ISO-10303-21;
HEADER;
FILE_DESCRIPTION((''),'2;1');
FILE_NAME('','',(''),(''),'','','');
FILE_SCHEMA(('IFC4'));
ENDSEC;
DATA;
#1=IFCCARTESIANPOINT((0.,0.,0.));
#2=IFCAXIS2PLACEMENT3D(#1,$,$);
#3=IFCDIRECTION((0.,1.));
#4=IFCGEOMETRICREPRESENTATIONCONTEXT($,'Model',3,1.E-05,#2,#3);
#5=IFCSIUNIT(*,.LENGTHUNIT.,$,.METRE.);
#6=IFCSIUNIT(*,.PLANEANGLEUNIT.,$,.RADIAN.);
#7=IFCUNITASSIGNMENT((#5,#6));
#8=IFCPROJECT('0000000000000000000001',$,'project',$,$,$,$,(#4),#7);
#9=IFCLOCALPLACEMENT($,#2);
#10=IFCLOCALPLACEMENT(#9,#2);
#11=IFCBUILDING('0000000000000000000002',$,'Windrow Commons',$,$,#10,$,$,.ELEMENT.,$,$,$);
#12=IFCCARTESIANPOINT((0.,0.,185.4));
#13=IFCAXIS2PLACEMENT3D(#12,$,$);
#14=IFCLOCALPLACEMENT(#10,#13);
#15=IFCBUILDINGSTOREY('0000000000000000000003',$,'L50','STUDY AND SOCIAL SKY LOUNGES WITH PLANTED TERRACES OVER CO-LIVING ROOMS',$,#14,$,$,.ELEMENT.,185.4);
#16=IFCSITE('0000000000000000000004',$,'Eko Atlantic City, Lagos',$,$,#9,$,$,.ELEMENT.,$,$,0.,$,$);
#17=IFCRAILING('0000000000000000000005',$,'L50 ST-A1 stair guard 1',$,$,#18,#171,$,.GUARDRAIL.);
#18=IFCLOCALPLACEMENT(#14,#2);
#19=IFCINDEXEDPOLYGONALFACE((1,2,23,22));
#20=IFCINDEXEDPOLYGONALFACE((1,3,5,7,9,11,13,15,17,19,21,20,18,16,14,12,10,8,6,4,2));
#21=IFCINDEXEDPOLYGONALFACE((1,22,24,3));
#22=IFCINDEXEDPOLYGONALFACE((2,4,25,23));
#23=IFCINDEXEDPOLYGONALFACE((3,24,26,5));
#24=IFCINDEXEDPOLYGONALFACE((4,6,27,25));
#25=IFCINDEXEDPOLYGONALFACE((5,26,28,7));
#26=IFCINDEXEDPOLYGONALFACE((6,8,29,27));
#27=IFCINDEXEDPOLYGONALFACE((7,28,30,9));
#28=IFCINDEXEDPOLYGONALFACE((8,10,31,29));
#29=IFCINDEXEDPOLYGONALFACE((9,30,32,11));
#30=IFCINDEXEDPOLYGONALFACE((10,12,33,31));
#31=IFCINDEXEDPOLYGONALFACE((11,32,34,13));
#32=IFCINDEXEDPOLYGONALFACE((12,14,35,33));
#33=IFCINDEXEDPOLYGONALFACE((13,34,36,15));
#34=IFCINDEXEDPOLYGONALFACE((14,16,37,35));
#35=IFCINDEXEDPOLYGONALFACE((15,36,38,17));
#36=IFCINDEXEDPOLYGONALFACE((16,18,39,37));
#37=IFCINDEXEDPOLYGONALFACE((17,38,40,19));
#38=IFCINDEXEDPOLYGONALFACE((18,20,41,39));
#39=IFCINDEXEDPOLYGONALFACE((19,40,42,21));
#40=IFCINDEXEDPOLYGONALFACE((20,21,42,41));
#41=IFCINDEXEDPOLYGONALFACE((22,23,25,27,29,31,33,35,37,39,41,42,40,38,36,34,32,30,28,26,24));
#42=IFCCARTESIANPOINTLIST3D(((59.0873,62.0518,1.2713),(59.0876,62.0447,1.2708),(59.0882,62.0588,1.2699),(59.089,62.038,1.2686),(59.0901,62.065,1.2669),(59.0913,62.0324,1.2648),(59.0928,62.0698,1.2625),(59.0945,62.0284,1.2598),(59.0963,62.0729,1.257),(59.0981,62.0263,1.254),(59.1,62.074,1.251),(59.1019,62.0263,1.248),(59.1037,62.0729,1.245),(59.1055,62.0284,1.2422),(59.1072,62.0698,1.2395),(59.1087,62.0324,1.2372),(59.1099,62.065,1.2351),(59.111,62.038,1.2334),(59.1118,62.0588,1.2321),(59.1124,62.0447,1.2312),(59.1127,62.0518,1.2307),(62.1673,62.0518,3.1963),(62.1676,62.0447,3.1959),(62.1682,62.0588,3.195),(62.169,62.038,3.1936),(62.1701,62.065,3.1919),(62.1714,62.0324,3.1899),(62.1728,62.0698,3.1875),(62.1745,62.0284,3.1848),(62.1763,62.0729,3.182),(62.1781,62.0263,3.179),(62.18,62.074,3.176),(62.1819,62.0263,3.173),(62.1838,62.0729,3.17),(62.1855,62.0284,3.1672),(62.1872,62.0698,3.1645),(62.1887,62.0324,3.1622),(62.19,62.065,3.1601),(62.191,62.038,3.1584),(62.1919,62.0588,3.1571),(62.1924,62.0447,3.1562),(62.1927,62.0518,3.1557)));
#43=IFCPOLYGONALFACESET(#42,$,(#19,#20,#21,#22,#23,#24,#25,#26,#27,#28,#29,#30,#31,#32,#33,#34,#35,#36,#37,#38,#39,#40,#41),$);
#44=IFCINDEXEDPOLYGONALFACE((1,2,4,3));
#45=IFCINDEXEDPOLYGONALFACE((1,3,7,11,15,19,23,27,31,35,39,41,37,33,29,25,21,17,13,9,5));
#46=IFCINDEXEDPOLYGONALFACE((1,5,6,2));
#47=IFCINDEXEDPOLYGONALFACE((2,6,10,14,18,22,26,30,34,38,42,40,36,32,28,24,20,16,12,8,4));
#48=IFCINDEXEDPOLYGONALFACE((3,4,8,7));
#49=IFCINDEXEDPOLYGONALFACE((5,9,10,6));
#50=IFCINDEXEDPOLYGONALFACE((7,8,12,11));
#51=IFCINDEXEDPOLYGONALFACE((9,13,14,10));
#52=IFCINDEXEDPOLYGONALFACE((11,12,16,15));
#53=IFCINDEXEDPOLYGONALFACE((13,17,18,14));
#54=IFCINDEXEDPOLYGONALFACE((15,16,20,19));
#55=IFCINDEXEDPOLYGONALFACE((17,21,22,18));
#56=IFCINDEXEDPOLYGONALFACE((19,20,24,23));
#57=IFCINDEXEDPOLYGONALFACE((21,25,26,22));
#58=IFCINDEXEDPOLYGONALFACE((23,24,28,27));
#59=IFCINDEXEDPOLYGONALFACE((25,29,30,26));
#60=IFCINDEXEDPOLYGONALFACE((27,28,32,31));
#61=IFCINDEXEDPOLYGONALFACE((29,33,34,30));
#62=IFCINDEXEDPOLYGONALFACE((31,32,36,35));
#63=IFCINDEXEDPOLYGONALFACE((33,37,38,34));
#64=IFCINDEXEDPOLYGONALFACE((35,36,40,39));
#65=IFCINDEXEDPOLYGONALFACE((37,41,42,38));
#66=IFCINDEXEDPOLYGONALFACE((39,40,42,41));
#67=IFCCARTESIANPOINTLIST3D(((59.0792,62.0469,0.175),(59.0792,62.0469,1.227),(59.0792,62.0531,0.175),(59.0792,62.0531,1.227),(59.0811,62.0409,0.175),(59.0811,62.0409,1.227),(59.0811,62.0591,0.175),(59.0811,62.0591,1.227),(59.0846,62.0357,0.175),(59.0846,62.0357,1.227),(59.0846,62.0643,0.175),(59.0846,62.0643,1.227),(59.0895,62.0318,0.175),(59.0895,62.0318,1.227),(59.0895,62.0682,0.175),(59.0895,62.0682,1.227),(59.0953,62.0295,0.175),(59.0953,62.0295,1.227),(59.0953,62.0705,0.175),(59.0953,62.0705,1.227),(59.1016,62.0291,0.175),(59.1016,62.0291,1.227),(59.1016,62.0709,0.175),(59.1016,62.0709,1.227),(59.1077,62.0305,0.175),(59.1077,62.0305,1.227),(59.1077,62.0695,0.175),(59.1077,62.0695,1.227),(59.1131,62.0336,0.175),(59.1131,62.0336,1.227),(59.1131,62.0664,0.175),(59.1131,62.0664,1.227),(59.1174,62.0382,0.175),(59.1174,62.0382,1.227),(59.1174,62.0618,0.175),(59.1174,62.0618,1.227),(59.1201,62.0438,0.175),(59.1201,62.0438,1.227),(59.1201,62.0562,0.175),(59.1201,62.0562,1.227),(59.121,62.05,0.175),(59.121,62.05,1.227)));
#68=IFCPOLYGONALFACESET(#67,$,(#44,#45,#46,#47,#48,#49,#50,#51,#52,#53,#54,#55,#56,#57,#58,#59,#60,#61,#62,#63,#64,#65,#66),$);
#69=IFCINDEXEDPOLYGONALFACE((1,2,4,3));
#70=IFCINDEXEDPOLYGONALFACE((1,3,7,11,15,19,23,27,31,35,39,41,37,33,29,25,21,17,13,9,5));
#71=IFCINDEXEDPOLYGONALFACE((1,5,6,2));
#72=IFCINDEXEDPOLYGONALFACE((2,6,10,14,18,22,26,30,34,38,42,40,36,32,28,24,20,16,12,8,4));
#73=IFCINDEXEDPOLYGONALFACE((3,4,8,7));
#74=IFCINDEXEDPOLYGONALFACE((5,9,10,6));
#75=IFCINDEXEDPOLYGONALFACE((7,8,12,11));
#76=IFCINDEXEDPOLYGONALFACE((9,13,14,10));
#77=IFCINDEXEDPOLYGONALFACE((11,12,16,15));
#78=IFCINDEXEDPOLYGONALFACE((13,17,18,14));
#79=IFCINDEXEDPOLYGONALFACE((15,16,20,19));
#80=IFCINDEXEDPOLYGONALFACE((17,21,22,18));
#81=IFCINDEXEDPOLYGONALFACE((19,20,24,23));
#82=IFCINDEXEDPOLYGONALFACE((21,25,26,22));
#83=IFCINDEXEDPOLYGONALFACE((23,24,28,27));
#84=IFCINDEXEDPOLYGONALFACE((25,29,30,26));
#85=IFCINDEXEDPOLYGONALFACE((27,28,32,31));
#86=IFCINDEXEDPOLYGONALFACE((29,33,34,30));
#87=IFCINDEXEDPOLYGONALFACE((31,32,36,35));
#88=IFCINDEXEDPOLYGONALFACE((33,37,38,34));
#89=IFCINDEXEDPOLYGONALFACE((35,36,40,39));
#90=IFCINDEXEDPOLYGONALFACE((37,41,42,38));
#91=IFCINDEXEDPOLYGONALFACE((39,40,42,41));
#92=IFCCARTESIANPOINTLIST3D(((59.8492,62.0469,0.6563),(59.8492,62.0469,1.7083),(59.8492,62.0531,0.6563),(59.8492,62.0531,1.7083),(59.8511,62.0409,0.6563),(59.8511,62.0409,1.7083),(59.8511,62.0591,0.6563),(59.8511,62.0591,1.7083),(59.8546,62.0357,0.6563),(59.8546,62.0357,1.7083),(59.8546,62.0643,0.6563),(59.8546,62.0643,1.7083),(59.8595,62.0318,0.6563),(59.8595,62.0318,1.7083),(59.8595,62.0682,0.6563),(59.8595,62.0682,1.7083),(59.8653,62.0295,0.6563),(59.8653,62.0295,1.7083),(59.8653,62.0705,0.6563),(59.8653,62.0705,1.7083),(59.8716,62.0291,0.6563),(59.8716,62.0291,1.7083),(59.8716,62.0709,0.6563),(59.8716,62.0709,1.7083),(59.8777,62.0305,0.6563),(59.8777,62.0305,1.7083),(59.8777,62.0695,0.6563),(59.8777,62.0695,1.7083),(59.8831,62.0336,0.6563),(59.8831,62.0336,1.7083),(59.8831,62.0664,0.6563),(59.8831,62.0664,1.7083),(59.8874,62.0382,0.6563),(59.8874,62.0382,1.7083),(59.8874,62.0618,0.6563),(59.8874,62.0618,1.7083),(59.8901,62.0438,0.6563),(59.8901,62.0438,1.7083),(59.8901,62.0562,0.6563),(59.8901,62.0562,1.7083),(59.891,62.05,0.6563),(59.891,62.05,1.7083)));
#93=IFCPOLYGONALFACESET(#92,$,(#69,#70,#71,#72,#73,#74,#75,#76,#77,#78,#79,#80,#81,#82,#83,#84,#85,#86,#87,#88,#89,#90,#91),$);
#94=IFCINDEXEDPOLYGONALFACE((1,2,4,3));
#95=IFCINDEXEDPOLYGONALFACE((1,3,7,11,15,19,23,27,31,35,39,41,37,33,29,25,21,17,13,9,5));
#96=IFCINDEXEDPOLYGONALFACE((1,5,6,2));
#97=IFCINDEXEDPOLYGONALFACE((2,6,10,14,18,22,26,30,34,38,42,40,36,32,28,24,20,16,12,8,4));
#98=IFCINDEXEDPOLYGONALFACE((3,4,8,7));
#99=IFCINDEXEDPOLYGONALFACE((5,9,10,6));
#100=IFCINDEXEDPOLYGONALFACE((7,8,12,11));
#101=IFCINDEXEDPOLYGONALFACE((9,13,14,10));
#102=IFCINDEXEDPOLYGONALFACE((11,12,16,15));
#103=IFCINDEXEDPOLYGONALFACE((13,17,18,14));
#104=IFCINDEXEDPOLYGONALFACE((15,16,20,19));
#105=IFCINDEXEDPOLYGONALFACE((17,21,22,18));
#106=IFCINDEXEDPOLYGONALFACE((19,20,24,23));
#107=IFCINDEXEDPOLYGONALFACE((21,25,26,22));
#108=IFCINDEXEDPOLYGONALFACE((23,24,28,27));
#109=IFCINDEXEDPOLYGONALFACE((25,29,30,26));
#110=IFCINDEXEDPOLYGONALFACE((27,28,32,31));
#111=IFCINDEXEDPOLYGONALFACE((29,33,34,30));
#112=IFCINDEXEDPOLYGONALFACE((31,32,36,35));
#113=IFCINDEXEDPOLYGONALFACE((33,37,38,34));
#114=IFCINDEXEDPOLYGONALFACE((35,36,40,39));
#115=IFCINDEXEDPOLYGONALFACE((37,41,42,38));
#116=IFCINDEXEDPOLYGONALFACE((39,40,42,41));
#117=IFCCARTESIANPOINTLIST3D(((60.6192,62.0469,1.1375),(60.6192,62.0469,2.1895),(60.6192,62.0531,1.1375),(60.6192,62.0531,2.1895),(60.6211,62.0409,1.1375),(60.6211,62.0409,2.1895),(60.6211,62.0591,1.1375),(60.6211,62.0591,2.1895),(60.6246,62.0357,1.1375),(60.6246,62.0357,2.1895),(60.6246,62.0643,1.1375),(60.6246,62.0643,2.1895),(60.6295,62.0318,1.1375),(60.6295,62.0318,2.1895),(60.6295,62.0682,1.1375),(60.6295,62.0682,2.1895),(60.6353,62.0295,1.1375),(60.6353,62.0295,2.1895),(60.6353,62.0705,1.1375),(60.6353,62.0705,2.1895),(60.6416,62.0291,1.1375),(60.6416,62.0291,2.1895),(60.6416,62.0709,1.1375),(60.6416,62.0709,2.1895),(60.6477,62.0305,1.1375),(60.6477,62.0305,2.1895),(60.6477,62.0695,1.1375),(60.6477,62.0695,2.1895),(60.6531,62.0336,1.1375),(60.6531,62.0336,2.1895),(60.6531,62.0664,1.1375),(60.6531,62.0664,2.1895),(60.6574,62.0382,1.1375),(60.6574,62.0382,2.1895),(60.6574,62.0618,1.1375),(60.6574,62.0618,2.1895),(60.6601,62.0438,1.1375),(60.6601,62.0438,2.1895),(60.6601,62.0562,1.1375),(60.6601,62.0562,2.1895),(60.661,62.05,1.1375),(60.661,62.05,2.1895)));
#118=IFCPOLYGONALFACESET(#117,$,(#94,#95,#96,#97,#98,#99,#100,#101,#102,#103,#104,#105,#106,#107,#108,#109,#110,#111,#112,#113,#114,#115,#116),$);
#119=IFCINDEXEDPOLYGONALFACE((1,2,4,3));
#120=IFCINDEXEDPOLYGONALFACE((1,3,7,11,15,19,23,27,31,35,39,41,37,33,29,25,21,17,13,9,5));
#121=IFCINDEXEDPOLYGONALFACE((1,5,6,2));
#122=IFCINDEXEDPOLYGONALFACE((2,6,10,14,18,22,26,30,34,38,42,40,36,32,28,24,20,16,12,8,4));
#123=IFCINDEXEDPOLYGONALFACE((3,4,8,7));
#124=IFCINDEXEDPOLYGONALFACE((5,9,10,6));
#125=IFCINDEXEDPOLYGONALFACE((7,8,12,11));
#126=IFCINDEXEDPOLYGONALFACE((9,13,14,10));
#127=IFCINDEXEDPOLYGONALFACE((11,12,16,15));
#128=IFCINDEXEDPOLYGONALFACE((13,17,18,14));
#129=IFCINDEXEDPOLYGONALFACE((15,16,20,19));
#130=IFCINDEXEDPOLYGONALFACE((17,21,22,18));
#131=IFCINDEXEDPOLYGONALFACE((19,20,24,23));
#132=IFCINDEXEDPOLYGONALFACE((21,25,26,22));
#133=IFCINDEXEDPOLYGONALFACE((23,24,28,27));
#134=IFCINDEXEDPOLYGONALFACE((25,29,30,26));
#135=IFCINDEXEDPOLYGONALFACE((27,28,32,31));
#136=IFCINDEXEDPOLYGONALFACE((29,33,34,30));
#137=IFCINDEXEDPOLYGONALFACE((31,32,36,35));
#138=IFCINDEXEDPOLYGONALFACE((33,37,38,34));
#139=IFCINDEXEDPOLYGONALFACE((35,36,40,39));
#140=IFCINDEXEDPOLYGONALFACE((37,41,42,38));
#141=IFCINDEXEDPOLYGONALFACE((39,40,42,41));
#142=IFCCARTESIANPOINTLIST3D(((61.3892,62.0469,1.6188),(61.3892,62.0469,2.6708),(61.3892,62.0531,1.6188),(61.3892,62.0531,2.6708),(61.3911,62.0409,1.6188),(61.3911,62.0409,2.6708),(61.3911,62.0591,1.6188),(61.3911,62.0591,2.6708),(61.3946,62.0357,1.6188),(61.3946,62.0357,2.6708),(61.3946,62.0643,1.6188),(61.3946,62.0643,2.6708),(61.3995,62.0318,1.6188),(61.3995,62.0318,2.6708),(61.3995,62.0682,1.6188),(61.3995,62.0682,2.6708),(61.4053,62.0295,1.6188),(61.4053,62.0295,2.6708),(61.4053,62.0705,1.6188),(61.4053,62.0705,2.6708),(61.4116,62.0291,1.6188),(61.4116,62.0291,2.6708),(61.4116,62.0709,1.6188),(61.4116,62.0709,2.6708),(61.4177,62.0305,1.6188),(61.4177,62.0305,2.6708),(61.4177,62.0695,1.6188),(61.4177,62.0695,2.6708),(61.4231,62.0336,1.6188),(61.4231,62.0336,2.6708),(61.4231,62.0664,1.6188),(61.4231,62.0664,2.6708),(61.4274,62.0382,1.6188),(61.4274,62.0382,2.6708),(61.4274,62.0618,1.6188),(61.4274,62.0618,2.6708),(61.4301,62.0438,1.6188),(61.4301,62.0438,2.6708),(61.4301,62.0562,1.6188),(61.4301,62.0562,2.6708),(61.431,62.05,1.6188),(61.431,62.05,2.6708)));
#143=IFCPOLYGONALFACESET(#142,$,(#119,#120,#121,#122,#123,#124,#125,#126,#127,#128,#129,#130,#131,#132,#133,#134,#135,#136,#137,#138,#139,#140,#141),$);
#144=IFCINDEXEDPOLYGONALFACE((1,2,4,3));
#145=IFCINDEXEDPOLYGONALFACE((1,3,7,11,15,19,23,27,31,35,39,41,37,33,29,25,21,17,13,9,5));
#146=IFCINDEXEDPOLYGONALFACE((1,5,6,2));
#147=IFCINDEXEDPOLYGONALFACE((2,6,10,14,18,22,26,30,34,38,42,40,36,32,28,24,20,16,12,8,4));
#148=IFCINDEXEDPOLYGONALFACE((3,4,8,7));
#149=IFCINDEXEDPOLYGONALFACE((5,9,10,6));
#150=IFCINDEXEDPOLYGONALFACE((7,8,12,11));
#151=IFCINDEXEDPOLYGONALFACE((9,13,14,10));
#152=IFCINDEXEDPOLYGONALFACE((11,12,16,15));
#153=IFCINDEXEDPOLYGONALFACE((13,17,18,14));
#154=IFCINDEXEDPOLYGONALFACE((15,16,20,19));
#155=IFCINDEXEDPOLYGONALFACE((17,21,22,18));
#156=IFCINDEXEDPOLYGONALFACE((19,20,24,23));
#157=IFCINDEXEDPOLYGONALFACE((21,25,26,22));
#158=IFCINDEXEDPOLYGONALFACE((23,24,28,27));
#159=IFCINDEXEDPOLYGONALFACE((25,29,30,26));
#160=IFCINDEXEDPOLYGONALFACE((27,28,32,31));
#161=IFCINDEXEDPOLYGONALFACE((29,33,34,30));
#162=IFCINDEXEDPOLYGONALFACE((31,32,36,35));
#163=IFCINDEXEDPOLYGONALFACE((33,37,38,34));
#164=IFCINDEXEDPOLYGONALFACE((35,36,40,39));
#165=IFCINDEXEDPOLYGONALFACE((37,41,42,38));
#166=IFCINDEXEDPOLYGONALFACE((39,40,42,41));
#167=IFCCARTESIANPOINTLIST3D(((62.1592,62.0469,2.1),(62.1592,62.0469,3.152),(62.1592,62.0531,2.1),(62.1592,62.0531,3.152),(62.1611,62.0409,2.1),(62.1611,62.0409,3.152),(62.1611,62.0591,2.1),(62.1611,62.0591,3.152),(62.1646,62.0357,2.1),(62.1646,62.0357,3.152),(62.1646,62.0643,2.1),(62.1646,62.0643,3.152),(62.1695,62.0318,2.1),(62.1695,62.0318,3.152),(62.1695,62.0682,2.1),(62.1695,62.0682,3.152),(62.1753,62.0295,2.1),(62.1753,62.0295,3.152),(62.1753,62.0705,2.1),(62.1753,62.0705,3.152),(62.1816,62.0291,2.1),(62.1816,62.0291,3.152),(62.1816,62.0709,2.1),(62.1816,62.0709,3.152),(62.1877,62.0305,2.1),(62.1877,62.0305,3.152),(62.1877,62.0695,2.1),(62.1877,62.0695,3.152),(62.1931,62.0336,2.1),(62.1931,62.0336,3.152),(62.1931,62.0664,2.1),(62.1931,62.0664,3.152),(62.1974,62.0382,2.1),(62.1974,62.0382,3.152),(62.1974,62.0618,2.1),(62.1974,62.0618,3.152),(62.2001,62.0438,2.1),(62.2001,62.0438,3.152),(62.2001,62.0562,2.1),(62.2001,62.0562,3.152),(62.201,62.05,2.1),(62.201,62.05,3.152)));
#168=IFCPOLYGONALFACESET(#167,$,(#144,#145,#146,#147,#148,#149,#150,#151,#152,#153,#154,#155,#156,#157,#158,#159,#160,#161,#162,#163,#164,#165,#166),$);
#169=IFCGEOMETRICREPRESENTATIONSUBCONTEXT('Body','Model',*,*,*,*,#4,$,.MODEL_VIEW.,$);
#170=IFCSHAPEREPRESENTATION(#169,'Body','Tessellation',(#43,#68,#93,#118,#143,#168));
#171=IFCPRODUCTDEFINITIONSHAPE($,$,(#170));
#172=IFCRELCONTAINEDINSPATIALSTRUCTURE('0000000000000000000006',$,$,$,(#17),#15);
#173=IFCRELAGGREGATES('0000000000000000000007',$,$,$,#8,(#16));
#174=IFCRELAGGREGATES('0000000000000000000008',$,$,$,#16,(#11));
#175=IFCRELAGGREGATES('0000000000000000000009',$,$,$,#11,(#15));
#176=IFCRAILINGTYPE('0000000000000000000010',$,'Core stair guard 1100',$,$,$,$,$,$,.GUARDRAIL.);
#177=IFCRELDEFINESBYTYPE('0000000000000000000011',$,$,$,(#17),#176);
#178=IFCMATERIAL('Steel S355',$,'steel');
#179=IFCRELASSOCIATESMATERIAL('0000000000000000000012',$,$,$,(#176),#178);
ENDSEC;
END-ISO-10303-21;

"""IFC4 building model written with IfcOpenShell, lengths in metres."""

from ifc_helpers import new_model, si_unit, direction, frame, origin, origin_2d, place, context, subcontext, project, spatial, circle, extrude, material, type_object, element, save


model = new_model("IFC4")

# Units and contexts
model_context = context("Model", 3, precision=1e-05, world=origin(), true_north=direction((0.0, 1.0)))
body_context = subcontext(model_context, "Body", "Model", "MODEL_VIEW")
ifc_project = project(units=[si_unit("LENGTHUNIT", "METRE"), si_unit("PLANEANGLEUNIT", "RADIAN")], contexts=[model_context])

# Site, building, storey
site_placement = place(None, origin())
site = spatial("IfcSite", under=ifc_project, at=site_placement, Name="Eko Atlantic City, Lagos", CompositionType="ELEMENT", RefElevation=0.0)
building_placement = place(site_placement, origin())
building = spatial("IfcBuilding", under=site, at=building_placement, Name="Windrow Commons", CompositionType="ELEMENT")
storey_placement = place(building_placement, frame((0.0, 0.0, 185.4)))
storey = spatial("IfcBuildingStorey", under=building, at=storey_placement, Name="L50", Description="STUDY AND SOCIAL SKY LOUNGES WITH PLANTED TERRACES OVER CO-LIVING ROOMS", CompositionType="ELEMENT", Elevation=185.4)

# Railing
ifc_material_1 = material(Name="Steel S355", Category="steel")
railing_type = type_object("IfcRailingType", Name="Core stair guard 1100", PredefinedType="GUARDRAIL", material=ifc_material_1)
railing_1_placement = place(storey_placement, frame((59.1, 62.05, 0.175)))
element("IfcRailing", 1, at=railing_1_placement, inside=storey, type_object=railing_type, Name="L50 ST-A1 stair guard 1", PredefinedType="GUARDRAIL", context=body_context, shape_type="SweptSolid", body=[
    extrude(circle(Radius=0.024, at=origin_2d()), frame((0.0, 0.0, 1.076), z_axis=(0.847998, 0.0, 0.529999), x_axis=(0.0, 1.0, 0.0)), (0.0, 0.0, 1.0), 3.6321),
    extrude(circle(Radius=0.021, at=origin_2d()), origin(), (0.0, 0.0, 1.0), 1.052),
    extrude(circle(Radius=0.021, at=origin_2d()), frame((0.77, 0.0, 0.4813)), (0.0, 0.0, 1.0), 1.052),
    extrude(circle(Radius=0.021, at=origin_2d()), frame((1.54, 0.0, 0.9625)), (0.0, 0.0, 1.0), 1.052),
    extrude(circle(Radius=0.021, at=origin_2d()), frame((2.31, 0.0, 1.4438)), (0.0, 0.0, 1.0), 1.052),
    extrude(circle(Radius=0.021, at=origin_2d()), frame((3.08, 0.0, 1.925)), (0.0, 0.0, 1.0), 1.052),
])

save(model, "model.ifc")
